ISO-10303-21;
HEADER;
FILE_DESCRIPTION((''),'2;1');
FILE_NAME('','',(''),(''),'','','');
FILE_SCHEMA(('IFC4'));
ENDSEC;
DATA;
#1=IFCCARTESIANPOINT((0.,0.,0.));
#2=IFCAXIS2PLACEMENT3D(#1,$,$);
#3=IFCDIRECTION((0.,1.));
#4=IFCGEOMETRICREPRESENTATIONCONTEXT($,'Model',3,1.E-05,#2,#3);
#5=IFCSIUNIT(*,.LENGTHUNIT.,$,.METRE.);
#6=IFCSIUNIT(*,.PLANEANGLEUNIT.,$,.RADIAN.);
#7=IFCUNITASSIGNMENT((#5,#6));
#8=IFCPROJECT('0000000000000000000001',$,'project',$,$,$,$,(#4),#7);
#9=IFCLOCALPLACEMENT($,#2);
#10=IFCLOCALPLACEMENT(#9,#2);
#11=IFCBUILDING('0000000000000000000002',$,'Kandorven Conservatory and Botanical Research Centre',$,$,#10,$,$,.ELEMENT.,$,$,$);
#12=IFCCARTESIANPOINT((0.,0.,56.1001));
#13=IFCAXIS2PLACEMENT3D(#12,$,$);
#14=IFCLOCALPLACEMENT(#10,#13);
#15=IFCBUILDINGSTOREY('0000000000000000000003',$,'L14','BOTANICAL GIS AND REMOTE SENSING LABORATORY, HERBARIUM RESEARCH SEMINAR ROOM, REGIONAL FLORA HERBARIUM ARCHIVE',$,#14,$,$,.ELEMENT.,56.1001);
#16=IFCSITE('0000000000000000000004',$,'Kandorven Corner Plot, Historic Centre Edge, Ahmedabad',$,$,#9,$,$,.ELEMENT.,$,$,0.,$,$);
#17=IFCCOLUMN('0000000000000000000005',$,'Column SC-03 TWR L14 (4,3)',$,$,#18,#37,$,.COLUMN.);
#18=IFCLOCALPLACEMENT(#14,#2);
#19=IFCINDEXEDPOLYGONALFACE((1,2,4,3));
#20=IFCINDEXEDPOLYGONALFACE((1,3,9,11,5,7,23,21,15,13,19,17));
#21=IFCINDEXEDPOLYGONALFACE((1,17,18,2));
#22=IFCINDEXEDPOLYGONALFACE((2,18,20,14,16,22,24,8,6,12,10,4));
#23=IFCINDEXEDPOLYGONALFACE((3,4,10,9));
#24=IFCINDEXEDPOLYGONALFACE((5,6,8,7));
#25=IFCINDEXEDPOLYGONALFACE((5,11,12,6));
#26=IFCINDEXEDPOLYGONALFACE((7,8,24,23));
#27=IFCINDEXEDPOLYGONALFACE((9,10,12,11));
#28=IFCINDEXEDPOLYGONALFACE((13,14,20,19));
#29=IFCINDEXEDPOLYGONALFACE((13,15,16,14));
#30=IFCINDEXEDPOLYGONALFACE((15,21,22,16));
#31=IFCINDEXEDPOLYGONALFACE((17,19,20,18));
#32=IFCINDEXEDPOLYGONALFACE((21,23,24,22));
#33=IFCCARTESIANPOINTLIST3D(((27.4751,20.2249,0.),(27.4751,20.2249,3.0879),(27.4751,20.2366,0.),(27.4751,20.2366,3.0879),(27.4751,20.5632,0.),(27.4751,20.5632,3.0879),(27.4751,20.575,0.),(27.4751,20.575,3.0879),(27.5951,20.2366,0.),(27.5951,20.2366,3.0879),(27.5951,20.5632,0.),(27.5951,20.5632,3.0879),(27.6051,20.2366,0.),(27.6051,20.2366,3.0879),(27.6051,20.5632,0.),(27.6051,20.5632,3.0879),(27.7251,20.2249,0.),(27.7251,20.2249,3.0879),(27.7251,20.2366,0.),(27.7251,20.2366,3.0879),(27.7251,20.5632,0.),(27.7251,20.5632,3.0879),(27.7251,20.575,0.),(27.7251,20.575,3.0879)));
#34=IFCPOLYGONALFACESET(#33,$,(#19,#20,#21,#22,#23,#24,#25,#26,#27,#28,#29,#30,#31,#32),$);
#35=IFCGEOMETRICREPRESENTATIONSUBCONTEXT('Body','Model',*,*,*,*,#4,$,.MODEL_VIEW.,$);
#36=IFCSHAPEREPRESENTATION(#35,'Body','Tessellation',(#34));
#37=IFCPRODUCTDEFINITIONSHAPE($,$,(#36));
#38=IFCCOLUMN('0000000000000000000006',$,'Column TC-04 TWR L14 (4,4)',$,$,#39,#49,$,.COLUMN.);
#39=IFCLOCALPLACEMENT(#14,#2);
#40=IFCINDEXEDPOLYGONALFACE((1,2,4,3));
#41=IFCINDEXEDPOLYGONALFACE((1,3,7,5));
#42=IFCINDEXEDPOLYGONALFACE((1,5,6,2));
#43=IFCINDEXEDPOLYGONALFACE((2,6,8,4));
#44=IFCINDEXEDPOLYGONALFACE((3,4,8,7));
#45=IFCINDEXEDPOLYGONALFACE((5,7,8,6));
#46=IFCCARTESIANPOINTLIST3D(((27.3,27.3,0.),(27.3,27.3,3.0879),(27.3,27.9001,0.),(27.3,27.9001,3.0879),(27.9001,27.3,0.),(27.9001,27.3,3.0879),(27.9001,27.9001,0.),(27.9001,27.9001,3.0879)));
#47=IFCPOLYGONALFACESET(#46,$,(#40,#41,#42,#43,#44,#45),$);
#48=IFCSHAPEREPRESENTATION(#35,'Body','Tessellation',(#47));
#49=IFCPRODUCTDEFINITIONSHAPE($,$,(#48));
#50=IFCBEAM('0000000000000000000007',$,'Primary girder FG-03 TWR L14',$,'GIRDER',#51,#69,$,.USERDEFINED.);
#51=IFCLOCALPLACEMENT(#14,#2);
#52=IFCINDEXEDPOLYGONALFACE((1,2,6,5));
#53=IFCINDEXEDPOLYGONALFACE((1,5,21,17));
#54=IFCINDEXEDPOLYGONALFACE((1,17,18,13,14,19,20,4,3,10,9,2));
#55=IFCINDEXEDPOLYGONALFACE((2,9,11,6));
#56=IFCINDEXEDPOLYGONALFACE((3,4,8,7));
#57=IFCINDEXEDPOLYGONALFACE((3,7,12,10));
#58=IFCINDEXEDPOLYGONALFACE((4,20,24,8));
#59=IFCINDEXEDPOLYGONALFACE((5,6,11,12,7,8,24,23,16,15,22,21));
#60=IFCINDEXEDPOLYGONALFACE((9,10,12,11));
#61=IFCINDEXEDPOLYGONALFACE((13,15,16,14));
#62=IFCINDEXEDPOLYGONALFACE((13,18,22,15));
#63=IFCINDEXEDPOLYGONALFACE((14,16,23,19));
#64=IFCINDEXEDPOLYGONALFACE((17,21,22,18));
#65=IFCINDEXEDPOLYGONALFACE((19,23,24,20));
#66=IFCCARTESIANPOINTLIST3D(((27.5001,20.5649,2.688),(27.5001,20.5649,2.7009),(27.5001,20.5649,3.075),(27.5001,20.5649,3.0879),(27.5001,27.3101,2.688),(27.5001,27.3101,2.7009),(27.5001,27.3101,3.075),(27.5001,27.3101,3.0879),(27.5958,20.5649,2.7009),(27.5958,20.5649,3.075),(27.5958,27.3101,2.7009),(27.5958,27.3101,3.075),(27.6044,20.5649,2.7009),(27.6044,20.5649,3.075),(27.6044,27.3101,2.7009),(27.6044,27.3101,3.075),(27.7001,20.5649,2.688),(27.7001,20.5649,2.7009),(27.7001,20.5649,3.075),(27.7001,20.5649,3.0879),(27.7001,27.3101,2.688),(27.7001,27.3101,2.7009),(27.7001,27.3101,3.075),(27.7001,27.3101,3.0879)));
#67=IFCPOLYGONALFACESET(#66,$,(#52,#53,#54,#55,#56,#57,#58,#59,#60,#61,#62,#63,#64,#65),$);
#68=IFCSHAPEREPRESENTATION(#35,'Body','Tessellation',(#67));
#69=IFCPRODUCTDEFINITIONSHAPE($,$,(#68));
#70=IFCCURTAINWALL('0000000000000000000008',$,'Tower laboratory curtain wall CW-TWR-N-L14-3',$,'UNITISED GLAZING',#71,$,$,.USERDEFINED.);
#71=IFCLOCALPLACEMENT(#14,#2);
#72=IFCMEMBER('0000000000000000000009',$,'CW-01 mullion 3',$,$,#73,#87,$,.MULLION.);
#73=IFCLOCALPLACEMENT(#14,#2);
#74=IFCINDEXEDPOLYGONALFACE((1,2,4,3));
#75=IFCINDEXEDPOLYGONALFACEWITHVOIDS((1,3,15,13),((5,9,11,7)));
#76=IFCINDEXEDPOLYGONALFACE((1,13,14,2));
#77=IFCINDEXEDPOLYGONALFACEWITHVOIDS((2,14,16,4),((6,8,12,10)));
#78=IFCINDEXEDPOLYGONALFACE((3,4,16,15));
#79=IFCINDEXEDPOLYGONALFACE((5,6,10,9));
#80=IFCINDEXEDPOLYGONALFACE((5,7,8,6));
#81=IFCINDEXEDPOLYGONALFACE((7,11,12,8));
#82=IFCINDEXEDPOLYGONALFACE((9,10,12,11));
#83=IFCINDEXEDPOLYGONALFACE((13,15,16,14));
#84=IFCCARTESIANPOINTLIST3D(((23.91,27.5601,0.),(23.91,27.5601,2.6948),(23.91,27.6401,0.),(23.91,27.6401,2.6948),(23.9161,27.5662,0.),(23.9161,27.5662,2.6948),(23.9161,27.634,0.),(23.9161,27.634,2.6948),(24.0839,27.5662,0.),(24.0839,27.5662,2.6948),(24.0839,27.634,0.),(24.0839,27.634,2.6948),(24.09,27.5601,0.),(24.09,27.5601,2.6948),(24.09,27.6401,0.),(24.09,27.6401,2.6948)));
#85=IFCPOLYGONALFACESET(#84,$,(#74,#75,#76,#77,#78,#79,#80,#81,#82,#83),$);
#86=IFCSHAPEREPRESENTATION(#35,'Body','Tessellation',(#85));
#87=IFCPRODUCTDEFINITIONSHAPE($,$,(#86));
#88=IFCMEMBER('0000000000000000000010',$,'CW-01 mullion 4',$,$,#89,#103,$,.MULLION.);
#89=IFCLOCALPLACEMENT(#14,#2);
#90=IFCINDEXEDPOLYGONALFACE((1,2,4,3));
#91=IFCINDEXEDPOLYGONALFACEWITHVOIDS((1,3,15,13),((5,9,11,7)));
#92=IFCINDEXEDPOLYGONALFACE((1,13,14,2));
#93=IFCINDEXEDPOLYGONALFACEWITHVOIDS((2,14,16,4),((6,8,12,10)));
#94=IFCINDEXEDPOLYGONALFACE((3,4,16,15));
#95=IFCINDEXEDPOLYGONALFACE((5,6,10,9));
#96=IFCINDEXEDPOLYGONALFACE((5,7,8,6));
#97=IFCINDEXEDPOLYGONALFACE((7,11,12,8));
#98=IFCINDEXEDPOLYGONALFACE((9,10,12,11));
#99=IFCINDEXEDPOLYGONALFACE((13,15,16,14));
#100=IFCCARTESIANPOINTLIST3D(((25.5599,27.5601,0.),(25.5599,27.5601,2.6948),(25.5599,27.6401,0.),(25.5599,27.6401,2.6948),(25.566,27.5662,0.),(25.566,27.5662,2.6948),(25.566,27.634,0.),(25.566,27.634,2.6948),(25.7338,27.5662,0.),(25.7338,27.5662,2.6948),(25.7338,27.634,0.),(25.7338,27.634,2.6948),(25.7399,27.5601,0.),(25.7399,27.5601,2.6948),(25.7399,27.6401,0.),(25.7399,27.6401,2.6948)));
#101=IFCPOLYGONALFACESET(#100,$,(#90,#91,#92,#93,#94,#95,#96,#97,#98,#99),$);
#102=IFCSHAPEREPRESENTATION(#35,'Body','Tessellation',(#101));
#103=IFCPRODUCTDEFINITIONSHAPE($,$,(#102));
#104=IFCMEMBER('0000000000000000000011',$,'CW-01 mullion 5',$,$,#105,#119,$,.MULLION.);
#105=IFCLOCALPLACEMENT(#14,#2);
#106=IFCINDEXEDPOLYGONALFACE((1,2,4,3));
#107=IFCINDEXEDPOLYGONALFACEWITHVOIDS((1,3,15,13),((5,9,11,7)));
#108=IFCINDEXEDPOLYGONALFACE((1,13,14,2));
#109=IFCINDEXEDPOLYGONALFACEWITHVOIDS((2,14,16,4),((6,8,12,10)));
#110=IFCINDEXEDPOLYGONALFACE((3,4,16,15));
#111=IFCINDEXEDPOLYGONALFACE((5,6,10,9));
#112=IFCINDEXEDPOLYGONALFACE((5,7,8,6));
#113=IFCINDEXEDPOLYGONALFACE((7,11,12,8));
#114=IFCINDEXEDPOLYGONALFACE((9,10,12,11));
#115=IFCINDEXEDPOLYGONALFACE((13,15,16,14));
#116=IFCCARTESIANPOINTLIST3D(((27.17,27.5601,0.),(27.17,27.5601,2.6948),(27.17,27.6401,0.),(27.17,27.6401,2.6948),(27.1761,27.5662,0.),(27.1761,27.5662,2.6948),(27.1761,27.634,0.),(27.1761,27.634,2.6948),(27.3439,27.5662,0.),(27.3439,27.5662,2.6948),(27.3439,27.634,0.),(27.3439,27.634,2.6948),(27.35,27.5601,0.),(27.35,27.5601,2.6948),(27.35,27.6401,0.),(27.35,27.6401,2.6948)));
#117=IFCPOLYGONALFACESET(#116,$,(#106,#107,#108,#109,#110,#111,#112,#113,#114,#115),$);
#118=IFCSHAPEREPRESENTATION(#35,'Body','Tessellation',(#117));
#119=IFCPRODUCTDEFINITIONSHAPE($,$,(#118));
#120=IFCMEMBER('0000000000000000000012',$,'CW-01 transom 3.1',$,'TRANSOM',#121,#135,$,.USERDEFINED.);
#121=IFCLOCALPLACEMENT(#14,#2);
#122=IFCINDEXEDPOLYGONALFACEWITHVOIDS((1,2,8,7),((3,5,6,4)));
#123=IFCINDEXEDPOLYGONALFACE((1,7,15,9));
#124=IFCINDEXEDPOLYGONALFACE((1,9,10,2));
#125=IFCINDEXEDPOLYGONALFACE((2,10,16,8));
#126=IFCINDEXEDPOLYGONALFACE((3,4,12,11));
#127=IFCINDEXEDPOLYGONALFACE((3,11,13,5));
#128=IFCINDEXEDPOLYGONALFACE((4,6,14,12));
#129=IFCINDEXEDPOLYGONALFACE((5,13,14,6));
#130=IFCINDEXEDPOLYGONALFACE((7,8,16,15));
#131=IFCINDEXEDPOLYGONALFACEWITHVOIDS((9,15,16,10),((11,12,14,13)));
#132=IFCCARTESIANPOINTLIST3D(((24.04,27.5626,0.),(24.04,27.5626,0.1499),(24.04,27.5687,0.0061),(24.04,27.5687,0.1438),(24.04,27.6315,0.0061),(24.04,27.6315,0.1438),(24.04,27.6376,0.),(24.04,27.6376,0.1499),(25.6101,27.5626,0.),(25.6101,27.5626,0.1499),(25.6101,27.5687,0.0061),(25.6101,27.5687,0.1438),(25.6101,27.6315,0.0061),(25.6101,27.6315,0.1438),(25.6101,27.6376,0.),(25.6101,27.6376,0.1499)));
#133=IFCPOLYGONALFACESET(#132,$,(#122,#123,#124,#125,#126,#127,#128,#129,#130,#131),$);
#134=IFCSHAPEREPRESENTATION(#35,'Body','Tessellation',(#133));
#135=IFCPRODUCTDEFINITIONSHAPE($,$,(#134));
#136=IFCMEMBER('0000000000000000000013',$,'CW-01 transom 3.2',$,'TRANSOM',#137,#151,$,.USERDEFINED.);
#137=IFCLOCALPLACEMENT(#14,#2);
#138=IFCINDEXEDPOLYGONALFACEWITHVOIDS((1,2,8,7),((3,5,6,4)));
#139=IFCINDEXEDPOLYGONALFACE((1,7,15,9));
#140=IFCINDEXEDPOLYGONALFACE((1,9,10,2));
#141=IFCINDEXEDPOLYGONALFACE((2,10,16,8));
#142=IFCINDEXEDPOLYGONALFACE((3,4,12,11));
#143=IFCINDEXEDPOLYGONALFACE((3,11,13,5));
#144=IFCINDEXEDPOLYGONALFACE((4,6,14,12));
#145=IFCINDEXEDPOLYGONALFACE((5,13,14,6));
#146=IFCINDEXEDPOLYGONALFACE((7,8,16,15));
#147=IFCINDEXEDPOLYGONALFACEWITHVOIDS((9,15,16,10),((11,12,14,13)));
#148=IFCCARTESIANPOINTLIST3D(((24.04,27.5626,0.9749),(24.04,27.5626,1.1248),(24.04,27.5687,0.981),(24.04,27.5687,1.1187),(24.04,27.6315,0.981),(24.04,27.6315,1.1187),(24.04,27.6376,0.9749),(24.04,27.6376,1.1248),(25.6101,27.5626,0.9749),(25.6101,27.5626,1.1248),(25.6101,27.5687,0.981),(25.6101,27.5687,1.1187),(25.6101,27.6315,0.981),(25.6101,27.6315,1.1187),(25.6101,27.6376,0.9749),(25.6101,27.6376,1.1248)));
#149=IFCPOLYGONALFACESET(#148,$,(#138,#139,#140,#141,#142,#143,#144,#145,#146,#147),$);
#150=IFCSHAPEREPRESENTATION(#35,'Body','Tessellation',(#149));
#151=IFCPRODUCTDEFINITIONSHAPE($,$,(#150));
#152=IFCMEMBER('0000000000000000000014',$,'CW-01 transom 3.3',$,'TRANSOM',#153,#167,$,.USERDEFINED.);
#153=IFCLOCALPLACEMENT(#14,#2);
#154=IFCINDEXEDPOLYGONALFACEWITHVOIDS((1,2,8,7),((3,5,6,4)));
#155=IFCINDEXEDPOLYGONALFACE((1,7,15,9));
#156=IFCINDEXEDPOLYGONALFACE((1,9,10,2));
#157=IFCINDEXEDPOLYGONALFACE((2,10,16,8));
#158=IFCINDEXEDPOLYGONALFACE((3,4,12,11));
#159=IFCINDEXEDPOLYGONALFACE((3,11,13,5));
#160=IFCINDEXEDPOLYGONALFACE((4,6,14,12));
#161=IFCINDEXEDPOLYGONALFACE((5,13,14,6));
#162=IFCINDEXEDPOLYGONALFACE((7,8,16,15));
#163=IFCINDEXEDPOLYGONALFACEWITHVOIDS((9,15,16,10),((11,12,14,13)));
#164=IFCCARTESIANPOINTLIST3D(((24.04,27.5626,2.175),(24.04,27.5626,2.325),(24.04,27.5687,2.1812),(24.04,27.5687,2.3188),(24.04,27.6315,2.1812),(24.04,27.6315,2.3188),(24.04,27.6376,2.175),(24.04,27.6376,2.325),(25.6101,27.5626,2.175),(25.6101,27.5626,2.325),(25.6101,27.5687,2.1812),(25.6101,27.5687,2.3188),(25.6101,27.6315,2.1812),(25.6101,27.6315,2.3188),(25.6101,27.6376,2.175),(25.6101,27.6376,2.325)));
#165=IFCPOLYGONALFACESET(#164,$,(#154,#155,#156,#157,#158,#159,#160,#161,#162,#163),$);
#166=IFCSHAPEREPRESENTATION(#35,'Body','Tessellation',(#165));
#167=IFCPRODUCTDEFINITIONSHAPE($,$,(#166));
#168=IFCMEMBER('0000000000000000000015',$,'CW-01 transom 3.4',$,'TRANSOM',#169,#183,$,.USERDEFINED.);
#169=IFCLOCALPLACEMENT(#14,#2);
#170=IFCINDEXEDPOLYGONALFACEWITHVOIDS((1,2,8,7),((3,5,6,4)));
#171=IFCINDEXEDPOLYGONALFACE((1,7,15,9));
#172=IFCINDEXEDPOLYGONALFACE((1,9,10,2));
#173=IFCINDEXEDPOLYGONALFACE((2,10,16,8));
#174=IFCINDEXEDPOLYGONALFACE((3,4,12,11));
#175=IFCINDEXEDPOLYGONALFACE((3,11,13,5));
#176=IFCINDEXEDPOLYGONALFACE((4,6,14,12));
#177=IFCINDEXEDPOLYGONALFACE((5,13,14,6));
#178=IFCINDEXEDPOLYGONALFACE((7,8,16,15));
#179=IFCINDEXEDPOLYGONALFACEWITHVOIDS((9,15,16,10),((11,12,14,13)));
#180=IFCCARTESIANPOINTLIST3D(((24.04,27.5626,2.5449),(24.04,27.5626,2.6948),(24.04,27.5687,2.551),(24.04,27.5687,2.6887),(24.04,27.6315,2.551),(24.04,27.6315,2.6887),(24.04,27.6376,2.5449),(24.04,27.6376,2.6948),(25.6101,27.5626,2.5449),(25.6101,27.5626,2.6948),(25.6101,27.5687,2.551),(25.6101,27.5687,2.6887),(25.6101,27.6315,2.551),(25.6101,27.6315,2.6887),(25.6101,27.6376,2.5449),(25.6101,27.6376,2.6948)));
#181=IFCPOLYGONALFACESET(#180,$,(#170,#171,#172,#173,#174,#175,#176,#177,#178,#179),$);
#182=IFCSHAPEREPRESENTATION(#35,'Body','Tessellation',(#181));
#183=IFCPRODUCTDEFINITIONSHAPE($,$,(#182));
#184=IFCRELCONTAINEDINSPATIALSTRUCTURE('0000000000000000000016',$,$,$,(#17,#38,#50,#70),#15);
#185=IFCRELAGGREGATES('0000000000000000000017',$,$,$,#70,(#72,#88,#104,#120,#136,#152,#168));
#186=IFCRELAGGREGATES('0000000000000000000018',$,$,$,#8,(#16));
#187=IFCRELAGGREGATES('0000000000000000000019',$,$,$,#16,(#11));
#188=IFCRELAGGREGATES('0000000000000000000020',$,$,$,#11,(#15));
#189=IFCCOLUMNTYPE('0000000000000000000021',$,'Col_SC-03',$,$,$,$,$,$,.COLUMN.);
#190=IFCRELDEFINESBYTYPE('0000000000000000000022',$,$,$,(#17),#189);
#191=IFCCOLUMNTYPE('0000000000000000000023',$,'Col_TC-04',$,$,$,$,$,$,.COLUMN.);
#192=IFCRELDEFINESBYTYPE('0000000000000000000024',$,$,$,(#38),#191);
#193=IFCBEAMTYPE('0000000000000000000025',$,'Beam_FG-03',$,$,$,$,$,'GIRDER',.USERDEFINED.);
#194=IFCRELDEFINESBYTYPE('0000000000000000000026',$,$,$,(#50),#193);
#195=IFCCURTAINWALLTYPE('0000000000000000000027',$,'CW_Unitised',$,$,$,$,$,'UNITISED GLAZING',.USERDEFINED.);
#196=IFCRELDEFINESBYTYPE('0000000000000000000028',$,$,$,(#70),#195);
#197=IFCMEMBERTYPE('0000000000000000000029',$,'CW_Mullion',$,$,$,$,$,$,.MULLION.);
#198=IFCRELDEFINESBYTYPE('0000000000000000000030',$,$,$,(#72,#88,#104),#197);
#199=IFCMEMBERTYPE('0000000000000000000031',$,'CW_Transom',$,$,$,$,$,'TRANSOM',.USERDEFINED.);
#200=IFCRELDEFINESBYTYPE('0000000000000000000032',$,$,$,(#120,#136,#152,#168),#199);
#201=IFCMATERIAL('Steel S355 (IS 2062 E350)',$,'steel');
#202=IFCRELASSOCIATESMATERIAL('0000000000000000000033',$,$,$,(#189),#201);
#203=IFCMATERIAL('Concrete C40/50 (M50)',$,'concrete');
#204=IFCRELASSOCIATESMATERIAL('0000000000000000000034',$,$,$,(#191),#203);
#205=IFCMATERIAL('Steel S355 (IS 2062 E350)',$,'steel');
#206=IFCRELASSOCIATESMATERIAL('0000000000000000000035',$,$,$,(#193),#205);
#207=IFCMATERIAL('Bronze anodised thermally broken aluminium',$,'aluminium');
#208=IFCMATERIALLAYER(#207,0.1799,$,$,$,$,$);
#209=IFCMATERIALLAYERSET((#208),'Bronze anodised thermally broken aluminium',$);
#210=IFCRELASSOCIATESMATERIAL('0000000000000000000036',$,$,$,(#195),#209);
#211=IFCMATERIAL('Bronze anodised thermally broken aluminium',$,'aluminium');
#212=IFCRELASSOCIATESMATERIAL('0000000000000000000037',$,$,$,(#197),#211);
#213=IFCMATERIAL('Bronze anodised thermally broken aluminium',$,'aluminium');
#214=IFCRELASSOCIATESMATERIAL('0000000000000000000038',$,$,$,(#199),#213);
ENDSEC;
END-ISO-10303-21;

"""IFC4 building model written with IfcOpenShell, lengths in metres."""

from ifc_helpers import new_model, si_unit, direction, frame, origin, origin_2d, place, context, subcontext, project, spatial, rectangle, hollow_rectangle, i_section, extrude, material, layer, layer_set, material_profile, profile_set, type_object, element, aggregate, save


model = new_model("IFC4")

# Units and contexts
model_context = context("Model", 3, precision=1e-05, world=origin(), true_north=direction((0.0, 1.0)))
body_context = subcontext(model_context, "Body", "Model", "MODEL_VIEW")
ifc_project = project(units=[si_unit("LENGTHUNIT", "METRE"), si_unit("PLANEANGLEUNIT", "RADIAN")], contexts=[model_context])

# Site, building, storey
site_placement = place(None, origin())
site = spatial("IfcSite", under=ifc_project, at=site_placement, Name="Kandorven Corner Plot, Historic Centre Edge, Ahmedabad", CompositionType="ELEMENT", RefElevation=0.0)
building_placement = place(site_placement, origin())
building = spatial("IfcBuilding", under=site, at=building_placement, Name="Kandorven Conservatory and Botanical Research Centre", CompositionType="ELEMENT")
storey_placement = place(building_placement, frame((0.0, 0.0, 56.1001)))
storey = spatial("IfcBuildingStorey", under=building, at=storey_placement, Name="L14", Description="BOTANICAL GIS AND REMOTE SENSING LABORATORY, HERBARIUM RESEARCH SEMINAR ROOM, REGIONAL FLORA HERBARIUM ARCHIVE", CompositionType="ELEMENT", Elevation=56.1001)

# Columns
ifc_material_1 = material(Name="Steel S355 (IS 2062 E350)", Category="steel")
ifc_material_profile_1 = material_profile(ifc_material_1, i_section(OverallWidth=0.25, OverallDepth=0.3501, WebThickness=0.01, FlangeThickness=0.0117, at=origin_2d()))
ifc_profile_set_1 = profile_set([ifc_material_profile_1], Name="Steel S355 (IS 2062 E350)")
column_type_1 = type_object("IfcColumnType", Name="Col_SC-03", PredefinedType="COLUMN", material=ifc_profile_set_1)
column_1_placement = place(storey_placement, frame((27.6001, 20.3999, 0.0), z_axis=(0.0, 0.0, 1.0), x_axis=(1.0, 0.0, 0.0)))
element("IfcColumn", 1, at=column_1_placement, inside=storey, type_object=column_type_1, Name="Column SC-03 TWR L14 (4,3)", PredefinedType="COLUMN", context=body_context, shape_type="SweptSolid", body=[
    extrude(i_section(OverallWidth=0.25, OverallDepth=0.3501, WebThickness=0.01, FlangeThickness=0.0117, at=origin_2d()), origin(), (0.0, 0.0, 1.0), 3.0879),
])
ifc_material_2 = material(Name="Concrete C40/50 (M50)", Category="concrete")
ifc_material_profile_2 = material_profile(ifc_material_2, rectangle(XDim=0.6001, YDim=0.6001, at=origin_2d()))
ifc_profile_set_2 = profile_set([ifc_material_profile_2], Name="Concrete C40/50 (M50)")
column_type_2 = type_object("IfcColumnType", Name="Col_TC-04", PredefinedType="COLUMN", material=ifc_profile_set_2)
column_2_placement = place(storey_placement, frame((27.6001, 27.6001, 0.0), z_axis=(0.0, 0.0, 1.0), x_axis=(1.0, 0.0, 0.0)))
element("IfcColumn", 2, at=column_2_placement, inside=storey, type_object=column_type_2, Name="Column TC-04 TWR L14 (4,4)", PredefinedType="COLUMN", context=body_context, shape_type="SweptSolid", body=[
    extrude(rectangle(XDim=0.6001, YDim=0.6001, at=origin_2d()), origin(), (0.0, 0.0, 1.0), 3.0879),
])

# Beam
ifc_material_3 = material(Name="Steel S355 (IS 2062 E350)", Category="steel")
ifc_material_profile_3 = material_profile(ifc_material_3, i_section(OverallWidth=0.2, OverallDepth=0.3999, WebThickness=0.0085, FlangeThickness=0.0129, at=origin_2d()))
ifc_profile_set_3 = profile_set([ifc_material_profile_3], Name="Steel S355 (IS 2062 E350)")
beam_type = type_object("IfcBeamType", Name="Beam_FG-03", ElementType="GIRDER", PredefinedType="USERDEFINED", material=ifc_profile_set_3)
beam_placement = place(storey_placement, frame((27.6001, 20.5649, 2.8879), z_axis=(0.0, 1.0, 0.0), x_axis=(-1.0, 0.0, 0.0)))
element("IfcBeam", 3, at=beam_placement, inside=storey, type_object=beam_type, Name="Primary girder FG-03 TWR L14", ObjectType="GIRDER", PredefinedType="USERDEFINED", context=body_context, shape_type="SweptSolid", body=[
    extrude(i_section(OverallWidth=0.2, OverallDepth=0.3999, WebThickness=0.0085, FlangeThickness=0.0129, at=origin_2d()), origin(), (0.0, 0.0, 1.0), 6.7451),
])

# Curtain wall, members
ifc_material_4 = material(Name="Bronze anodised thermally broken aluminium", Category="aluminium")
ifc_layer_1 = layer(ifc_material_4, 0.1799)
ifc_layer_set_1 = layer_set([ifc_layer_1], Name="Bronze anodised thermally broken aluminium")
curtain_wall_type = type_object("IfcCurtainWallType", Name="CW_Unitised", ElementType="UNITISED GLAZING", PredefinedType="USERDEFINED", material=ifc_layer_set_1)
curtain_wall_placement = place(storey_placement, origin())
curtain_wall = element("IfcCurtainWall", 4, at=curtain_wall_placement, inside=storey, type_object=curtain_wall_type, Name="Tower laboratory curtain wall CW-TWR-N-L14-3", ObjectType="UNITISED GLAZING", PredefinedType="USERDEFINED")
ifc_material_5 = material(Name="Bronze anodised thermally broken aluminium", Category="aluminium")
ifc_material_profile_4 = material_profile(ifc_material_5, hollow_rectangle(XDim=0.0801, YDim=0.1799, WallThickness=0.0061, at=origin_2d()))
ifc_profile_set_4 = profile_set([ifc_material_profile_4], Name="Bronze anodised thermally broken aluminium")
member_type_1 = type_object("IfcMemberType", Name="CW_Mullion", PredefinedType="MULLION", material=ifc_profile_set_4)
member_1_placement = place(storey_placement, frame((24.0, 27.6001, 0.0), z_axis=(0.0, 0.0, 1.0), x_axis=(0.0, 1.0, 0.0)))
member_1 = element("IfcMember", 5, at=member_1_placement, type_object=member_type_1, Name="CW-01 mullion 3", PredefinedType="MULLION", context=body_context, shape_type="SweptSolid", body=[
    extrude(hollow_rectangle(XDim=0.0801, YDim=0.1799, WallThickness=0.0061, at=origin_2d()), origin(), (0.0, 0.0, 1.0), 2.6948),
])
member_2_placement = place(storey_placement, frame((25.6499, 27.6001, 0.0), z_axis=(0.0, 0.0, 1.0), x_axis=(0.0, 1.0, 0.0)))
member_2 = element("IfcMember", 6, at=member_2_placement, type_object=member_type_1, Name="CW-01 mullion 4", PredefinedType="MULLION", context=body_context, shape_type="SweptSolid", body=[
    extrude(hollow_rectangle(XDim=0.0801, YDim=0.1799, WallThickness=0.0061, at=origin_2d()), origin(), (0.0, 0.0, 1.0), 2.6948),
])
member_3_placement = place(storey_placement, frame((27.26, 27.6001, 0.0), z_axis=(0.0, 0.0, 1.0), x_axis=(0.0, 1.0, 0.0)))
member_3 = element("IfcMember", 7, at=member_3_placement, type_object=member_type_1, Name="CW-01 mullion 5", PredefinedType="MULLION", context=body_context, shape_type="SweptSolid", body=[
    extrude(hollow_rectangle(XDim=0.0801, YDim=0.1799, WallThickness=0.0061, at=origin_2d()), origin(), (0.0, 0.0, 1.0), 2.6948),
])
ifc_material_6 = material(Name="Bronze anodised thermally broken aluminium", Category="aluminium")
ifc_material_profile_5 = material_profile(ifc_material_6, hollow_rectangle(XDim=0.075, YDim=0.1499, WallThickness=0.0061, at=origin_2d()))
ifc_profile_set_5 = profile_set([ifc_material_profile_5], Name="Bronze anodised thermally broken aluminium")
member_type_2 = type_object("IfcMemberType", Name="CW_Transom", ElementType="TRANSOM", PredefinedType="USERDEFINED", material=ifc_profile_set_5)
member_4_placement = place(storey_placement, frame((24.04, 27.6001, 0.075), z_axis=(1.0, 0.0, 0.0), x_axis=(0.0, 1.0, 0.0)))
member_4 = element("IfcMember", 8, at=member_4_placement, type_object=member_type_2, Name="CW-01 transom 3.1", ObjectType="TRANSOM", PredefinedType="USERDEFINED", context=body_context, shape_type="SweptSolid", body=[
    extrude(hollow_rectangle(XDim=0.075, YDim=0.1499, WallThickness=0.0061, at=origin_2d()), origin(), (0.0, 0.0, 1.0), 1.5701),
])
member_5_placement = place(storey_placement, frame((24.04, 27.6001, 1.0498), z_axis=(1.0, 0.0, 0.0), x_axis=(0.0, 1.0, 0.0)))
member_5 = element("IfcMember", 9, at=member_5_placement, type_object=member_type_2, Name="CW-01 transom 3.2", ObjectType="TRANSOM", PredefinedType="USERDEFINED", context=body_context, shape_type="SweptSolid", body=[
    extrude(hollow_rectangle(XDim=0.075, YDim=0.1499, WallThickness=0.0061, at=origin_2d()), origin(), (0.0, 0.0, 1.0), 1.5701),
])
member_6_placement = place(storey_placement, frame((24.04, 27.6001, 2.25), z_axis=(1.0, 0.0, 0.0), x_axis=(0.0, 1.0, 0.0)))
member_6 = element("IfcMember", 10, at=member_6_placement, type_object=member_type_2, Name="CW-01 transom 3.3", ObjectType="TRANSOM", PredefinedType="USERDEFINED", context=body_context, shape_type="SweptSolid", body=[
    extrude(hollow_rectangle(XDim=0.075, YDim=0.1499, WallThickness=0.0061, at=origin_2d()), origin(), (0.0, 0.0, 1.0), 1.5701),
])
member_7_placement = place(storey_placement, frame((24.04, 27.6001, 2.6199), z_axis=(1.0, 0.0, 0.0), x_axis=(0.0, 1.0, 0.0)))
member_7 = element("IfcMember", 11, at=member_7_placement, type_object=member_type_2, Name="CW-01 transom 3.4", ObjectType="TRANSOM", PredefinedType="USERDEFINED", context=body_context, shape_type="SweptSolid", body=[
    extrude(hollow_rectangle(XDim=0.075, YDim=0.1499, WallThickness=0.0061, at=origin_2d()), origin(), (0.0, 0.0, 1.0), 1.5701),
])
aggregate(curtain_wall, [member_1, member_2, member_3, member_4, member_5, member_6, member_7])

save(model, "model.ifc")
